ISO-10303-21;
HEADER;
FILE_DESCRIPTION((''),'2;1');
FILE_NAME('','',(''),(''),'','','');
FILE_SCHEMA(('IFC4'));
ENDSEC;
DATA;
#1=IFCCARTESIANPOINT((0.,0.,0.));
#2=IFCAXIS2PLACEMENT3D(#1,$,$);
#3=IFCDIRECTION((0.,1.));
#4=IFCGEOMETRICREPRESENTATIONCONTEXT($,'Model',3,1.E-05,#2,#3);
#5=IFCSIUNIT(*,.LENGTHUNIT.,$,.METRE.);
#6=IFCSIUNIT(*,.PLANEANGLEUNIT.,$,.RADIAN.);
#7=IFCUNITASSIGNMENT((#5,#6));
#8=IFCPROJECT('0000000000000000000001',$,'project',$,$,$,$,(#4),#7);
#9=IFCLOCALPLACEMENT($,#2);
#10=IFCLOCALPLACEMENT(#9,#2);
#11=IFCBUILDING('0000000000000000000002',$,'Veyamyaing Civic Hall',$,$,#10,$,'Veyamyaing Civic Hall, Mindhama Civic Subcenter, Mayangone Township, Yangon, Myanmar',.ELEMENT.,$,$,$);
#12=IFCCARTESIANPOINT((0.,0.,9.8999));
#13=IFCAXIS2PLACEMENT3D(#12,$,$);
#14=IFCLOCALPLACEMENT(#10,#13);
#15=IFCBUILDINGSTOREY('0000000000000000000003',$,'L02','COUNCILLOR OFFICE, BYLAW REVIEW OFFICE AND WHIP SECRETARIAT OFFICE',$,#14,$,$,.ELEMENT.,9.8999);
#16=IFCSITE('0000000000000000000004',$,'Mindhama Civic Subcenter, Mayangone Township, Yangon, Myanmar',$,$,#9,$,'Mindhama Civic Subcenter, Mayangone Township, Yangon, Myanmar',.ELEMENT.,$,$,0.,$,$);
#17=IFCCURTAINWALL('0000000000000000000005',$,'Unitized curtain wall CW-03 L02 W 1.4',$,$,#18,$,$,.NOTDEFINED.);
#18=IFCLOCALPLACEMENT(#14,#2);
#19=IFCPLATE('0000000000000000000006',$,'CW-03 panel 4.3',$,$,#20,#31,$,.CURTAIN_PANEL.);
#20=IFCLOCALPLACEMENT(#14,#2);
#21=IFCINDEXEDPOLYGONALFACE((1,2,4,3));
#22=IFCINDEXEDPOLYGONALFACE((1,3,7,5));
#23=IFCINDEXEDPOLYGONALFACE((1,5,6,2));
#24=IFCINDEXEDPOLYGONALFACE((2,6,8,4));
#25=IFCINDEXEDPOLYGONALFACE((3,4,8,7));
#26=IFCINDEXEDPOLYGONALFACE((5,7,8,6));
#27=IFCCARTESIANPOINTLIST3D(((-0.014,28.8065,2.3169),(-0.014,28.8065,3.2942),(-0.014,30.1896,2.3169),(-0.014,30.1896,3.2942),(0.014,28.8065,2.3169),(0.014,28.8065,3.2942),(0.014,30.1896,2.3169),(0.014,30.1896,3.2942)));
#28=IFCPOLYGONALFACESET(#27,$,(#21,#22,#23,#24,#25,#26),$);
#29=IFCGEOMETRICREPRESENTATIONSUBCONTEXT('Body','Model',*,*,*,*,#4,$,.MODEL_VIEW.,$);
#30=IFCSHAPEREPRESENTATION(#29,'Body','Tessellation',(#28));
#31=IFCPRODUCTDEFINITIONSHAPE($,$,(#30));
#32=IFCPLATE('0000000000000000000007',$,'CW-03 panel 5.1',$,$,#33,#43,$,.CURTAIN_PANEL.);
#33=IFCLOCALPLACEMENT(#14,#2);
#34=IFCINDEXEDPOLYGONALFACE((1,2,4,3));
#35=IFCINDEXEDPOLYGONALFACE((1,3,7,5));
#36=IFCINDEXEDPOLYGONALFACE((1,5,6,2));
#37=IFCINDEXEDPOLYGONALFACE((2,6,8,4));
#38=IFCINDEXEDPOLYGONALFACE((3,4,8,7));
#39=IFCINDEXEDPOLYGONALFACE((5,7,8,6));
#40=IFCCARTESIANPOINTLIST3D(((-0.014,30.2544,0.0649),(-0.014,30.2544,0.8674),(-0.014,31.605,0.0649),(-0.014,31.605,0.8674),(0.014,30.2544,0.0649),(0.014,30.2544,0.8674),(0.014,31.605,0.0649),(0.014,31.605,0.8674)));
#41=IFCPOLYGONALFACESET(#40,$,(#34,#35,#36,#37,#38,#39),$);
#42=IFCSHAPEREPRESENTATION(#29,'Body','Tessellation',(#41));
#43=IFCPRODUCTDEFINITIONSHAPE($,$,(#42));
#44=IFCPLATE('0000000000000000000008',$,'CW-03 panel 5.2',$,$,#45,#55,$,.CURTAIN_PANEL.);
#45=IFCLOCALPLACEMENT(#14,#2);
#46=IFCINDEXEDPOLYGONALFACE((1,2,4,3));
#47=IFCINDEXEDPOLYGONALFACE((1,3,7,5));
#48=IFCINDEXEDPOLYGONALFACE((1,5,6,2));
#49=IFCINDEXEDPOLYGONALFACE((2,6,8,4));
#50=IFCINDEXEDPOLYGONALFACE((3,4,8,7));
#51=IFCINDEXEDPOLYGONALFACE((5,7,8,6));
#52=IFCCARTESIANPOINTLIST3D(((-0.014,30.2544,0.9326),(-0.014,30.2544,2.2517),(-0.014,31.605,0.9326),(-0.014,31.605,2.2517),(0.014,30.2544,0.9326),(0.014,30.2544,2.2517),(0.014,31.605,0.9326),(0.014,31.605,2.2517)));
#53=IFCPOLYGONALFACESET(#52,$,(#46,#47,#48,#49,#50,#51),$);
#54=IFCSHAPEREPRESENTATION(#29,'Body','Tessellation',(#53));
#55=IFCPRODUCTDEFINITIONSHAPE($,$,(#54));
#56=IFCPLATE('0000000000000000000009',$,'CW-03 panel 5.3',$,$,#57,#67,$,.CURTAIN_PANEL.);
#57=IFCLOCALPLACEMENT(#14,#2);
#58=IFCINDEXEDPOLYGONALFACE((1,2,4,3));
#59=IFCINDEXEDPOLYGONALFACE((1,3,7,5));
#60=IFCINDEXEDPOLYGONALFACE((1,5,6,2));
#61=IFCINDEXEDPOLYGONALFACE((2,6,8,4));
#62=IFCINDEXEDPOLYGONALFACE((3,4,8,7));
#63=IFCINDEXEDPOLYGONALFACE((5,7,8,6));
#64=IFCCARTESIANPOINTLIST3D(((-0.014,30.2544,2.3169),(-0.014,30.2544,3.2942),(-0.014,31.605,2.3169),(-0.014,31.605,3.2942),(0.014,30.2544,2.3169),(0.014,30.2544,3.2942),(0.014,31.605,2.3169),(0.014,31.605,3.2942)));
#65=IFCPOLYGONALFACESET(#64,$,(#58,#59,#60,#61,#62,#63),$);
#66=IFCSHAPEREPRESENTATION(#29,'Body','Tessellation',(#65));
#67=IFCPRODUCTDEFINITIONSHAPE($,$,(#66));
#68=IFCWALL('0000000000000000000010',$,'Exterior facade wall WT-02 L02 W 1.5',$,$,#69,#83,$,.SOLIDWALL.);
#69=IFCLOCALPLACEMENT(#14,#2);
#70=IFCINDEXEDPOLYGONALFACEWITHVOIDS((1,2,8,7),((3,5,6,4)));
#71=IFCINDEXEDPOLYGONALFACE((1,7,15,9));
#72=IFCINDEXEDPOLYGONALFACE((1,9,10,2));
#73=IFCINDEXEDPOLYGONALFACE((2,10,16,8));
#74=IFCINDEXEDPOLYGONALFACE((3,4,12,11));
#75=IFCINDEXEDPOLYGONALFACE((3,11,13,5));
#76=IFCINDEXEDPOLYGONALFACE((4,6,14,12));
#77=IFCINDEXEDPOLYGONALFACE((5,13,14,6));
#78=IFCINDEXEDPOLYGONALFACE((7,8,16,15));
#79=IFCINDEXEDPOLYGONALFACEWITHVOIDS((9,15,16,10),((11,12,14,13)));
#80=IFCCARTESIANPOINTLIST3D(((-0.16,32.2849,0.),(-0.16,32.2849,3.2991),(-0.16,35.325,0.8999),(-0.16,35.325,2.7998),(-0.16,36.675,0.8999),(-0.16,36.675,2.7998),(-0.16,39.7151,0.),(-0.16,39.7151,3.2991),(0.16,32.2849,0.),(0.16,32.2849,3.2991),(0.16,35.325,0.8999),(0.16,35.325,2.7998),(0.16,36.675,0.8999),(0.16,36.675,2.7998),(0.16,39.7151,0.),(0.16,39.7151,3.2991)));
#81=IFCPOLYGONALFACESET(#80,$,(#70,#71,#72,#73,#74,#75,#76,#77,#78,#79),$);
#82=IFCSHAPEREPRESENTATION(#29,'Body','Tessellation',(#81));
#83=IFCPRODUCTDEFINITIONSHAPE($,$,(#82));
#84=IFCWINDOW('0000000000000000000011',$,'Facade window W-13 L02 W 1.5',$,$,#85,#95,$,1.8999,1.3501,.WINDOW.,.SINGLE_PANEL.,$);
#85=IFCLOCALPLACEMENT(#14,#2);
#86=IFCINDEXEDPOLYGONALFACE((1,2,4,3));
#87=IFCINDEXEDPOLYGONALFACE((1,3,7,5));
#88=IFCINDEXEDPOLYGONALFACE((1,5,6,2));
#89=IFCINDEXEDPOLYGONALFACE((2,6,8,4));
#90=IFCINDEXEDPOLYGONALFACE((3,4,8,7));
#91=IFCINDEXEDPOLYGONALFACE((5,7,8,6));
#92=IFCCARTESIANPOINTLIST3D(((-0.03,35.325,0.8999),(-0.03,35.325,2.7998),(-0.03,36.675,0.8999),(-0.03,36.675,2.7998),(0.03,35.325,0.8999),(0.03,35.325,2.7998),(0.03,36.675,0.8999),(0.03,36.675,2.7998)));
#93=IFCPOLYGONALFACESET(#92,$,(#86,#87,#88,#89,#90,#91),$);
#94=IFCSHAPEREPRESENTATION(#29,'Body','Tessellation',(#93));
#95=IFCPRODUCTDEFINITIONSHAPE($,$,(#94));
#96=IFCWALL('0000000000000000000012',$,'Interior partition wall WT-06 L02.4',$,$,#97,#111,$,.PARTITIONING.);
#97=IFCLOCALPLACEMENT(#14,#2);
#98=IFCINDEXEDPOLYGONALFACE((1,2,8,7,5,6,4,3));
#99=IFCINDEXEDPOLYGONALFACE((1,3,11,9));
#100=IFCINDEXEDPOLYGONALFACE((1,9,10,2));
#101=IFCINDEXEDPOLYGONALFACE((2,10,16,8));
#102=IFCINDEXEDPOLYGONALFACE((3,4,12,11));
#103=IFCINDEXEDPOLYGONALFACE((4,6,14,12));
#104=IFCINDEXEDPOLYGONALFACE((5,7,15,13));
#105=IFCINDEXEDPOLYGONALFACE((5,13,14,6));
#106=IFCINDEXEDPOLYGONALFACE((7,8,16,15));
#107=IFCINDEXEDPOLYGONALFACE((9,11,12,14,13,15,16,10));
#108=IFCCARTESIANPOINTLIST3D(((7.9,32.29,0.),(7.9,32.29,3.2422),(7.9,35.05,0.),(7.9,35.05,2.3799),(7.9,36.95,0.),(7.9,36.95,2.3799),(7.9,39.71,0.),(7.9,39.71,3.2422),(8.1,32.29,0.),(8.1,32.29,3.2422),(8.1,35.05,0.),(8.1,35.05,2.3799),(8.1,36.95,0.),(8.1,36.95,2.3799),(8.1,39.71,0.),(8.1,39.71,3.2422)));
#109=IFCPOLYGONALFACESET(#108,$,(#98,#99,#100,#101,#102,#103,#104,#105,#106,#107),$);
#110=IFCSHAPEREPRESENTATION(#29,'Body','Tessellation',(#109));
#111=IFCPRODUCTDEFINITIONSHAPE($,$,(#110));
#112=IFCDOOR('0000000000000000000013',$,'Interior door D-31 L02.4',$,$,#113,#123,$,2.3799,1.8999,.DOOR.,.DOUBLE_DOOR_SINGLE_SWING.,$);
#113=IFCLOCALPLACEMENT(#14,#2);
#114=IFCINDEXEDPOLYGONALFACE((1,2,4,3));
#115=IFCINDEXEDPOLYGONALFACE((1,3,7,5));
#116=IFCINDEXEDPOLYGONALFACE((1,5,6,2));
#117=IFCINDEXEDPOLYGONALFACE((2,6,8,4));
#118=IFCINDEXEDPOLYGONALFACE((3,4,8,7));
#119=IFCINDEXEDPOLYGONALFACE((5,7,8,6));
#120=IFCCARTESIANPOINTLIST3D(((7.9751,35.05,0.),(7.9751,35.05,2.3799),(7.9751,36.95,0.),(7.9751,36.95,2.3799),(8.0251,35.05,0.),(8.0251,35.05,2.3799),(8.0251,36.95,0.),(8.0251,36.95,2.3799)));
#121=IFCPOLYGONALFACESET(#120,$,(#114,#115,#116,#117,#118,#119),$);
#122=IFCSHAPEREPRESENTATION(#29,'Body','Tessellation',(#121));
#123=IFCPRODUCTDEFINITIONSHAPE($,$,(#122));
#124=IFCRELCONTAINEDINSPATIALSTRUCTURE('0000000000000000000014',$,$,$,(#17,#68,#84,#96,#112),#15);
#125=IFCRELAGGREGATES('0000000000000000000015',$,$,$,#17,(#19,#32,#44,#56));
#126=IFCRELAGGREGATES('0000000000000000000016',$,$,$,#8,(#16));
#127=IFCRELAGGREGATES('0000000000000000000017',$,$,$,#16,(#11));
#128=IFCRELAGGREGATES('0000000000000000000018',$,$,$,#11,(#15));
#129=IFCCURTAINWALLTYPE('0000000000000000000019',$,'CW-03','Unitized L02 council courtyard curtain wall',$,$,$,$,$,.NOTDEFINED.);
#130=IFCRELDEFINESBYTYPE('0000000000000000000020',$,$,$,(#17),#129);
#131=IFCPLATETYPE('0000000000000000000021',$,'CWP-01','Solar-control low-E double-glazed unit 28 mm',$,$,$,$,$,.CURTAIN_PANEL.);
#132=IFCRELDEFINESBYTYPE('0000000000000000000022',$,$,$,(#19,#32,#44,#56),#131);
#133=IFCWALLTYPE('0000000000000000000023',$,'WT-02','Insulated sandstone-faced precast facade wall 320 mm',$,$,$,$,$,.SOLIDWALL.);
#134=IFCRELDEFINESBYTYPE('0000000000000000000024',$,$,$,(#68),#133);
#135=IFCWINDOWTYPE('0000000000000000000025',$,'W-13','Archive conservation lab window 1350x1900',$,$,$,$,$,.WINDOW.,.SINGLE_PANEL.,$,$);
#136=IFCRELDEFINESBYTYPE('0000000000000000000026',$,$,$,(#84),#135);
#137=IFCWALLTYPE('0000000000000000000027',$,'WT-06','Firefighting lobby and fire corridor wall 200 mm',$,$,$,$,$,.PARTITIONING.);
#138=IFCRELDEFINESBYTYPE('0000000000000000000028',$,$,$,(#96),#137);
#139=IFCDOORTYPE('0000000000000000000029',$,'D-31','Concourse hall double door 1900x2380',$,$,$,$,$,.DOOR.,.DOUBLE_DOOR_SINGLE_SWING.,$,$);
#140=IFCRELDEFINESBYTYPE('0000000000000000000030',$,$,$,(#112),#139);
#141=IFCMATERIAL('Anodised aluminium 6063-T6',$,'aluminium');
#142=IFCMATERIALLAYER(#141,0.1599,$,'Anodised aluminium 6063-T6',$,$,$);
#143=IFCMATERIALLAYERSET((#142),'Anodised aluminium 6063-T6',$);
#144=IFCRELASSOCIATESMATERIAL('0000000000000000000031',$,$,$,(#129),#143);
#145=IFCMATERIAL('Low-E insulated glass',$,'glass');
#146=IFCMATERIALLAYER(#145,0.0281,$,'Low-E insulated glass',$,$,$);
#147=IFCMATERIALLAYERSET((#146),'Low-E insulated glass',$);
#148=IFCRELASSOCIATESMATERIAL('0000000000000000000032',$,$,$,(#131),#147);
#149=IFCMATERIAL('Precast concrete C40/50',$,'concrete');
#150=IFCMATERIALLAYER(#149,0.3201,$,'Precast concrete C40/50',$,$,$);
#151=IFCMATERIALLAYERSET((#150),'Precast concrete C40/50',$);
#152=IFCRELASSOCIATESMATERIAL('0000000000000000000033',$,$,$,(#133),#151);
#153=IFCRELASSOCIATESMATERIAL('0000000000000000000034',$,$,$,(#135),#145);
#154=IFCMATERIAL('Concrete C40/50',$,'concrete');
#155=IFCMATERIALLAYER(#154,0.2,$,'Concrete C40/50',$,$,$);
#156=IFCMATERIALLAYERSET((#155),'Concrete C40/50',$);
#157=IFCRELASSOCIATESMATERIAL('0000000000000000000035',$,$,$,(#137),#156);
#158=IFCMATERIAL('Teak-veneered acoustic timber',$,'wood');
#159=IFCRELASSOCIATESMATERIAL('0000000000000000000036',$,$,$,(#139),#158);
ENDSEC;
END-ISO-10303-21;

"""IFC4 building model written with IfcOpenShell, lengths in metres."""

from ifc_helpers import new_model, si_unit, direction, frame, frame_2d, origin, origin_2d, place, context, subcontext, project, spatial, rectangle, extrude, material, layer, layer_set, type_object, element, fill, aggregate, save


model = new_model("IFC4")

# Units and contexts
model_context = context("Model", 3, precision=1e-05, world=origin(), true_north=direction((0.0, 1.0)))
body_context = subcontext(model_context, "Body", "Model", "MODEL_VIEW")
ifc_project = project(units=[si_unit("LENGTHUNIT", "METRE"), si_unit("PLANEANGLEUNIT", "RADIAN")], contexts=[model_context])

# Site, building, storey
site_placement = place(None, origin())
site = spatial("IfcSite", under=ifc_project, at=site_placement, Name="Mindhama Civic Subcenter, Mayangone Township, Yangon, Myanmar", LongName="Mindhama Civic Subcenter, Mayangone Township, Yangon, Myanmar", CompositionType="ELEMENT", RefElevation=0.0)
building_placement = place(site_placement, origin())
building = spatial("IfcBuilding", under=site, at=building_placement, Name="Veyamyaing Civic Hall", LongName="Veyamyaing Civic Hall, Mindhama Civic Subcenter, Mayangone Township, Yangon, Myanmar", CompositionType="ELEMENT")
storey_placement = place(building_placement, frame((0.0, 0.0, 9.8999)))
storey = spatial("IfcBuildingStorey", under=building, at=storey_placement, Name="L02", Description="COUNCILLOR OFFICE, BYLAW REVIEW OFFICE AND WHIP SECRETARIAT OFFICE", CompositionType="ELEMENT", Elevation=9.8999)

# Curtain wall
ifc_material_1 = material(Name="Anodised aluminium 6063-T6", Category="aluminium")
ifc_layer_1 = layer(ifc_material_1, 0.1599, Name="Anodised aluminium 6063-T6")
ifc_layer_set_1 = layer_set([ifc_layer_1], Name="Anodised aluminium 6063-T6")
curtain_wall_type = type_object("IfcCurtainWallType", Name="CW-03", Description="Unitized L02 council courtyard curtain wall", PredefinedType="NOTDEFINED", material=ifc_layer_set_1)
curtain_wall_placement = place(storey_placement, origin())
curtain_wall = element("IfcCurtainWall", 1, at=curtain_wall_placement, inside=storey, type_object=curtain_wall_type, Name="Unitized curtain wall CW-03 L02 W 1.4", PredefinedType="NOTDEFINED")

# Plates
ifc_material_2 = material(Name="Low-E insulated glass", Category="glass")
ifc_layer_2 = layer(ifc_material_2, 0.0281, Name="Low-E insulated glass")
ifc_layer_set_2 = layer_set([ifc_layer_2], Name="Low-E insulated glass")
plate_type = type_object("IfcPlateType", Name="CWP-01", Description="Solar-control low-E double-glazed unit 28 mm", PredefinedType="CURTAIN_PANEL", material=ifc_layer_set_2)
plate_1_placement = place(storey_placement, frame((0.0, 29.498, 2.3169), z_axis=(0.0, 0.0, 1.0), x_axis=(0.0, 1.0, 0.0)))
plate_1 = element("IfcPlate", 2, at=plate_1_placement, type_object=plate_type, Name="CW-03 panel 4.3", PredefinedType="CURTAIN_PANEL", context=body_context, shape_type="SweptSolid", body=[
    extrude(rectangle(XDim=1.3831, YDim=0.0281, at=origin_2d()), origin(), (0.0, 0.0, 1.0), 0.9773),
])
plate_2_placement = place(storey_placement, frame((0.0, 30.9297, 0.0649), z_axis=(0.0, 0.0, 1.0), x_axis=(0.0, 1.0, 0.0)))
plate_2 = element("IfcPlate", 3, at=plate_2_placement, type_object=plate_type, Name="CW-03 panel 5.1", PredefinedType="CURTAIN_PANEL", context=body_context, shape_type="SweptSolid", body=[
    extrude(rectangle(XDim=1.3506, YDim=0.0281, at=origin_2d()), origin(), (0.0, 0.0, 1.0), 0.8025),
])
plate_3_placement = place(storey_placement, frame((0.0, 30.9297, 0.9326), z_axis=(0.0, 0.0, 1.0), x_axis=(0.0, 1.0, 0.0)))
plate_3 = element("IfcPlate", 4, at=plate_3_placement, type_object=plate_type, Name="CW-03 panel 5.2", PredefinedType="CURTAIN_PANEL", context=body_context, shape_type="SweptSolid", body=[
    extrude(rectangle(XDim=1.3506, YDim=0.0281, at=origin_2d()), origin(), (0.0, 0.0, 1.0), 1.3191),
])
plate_4_placement = place(storey_placement, frame((0.0, 30.9297, 2.3169), z_axis=(0.0, 0.0, 1.0), x_axis=(0.0, 1.0, 0.0)))
plate_4 = element("IfcPlate", 5, at=plate_4_placement, type_object=plate_type, Name="CW-03 panel 5.3", PredefinedType="CURTAIN_PANEL", context=body_context, shape_type="SweptSolid", body=[
    extrude(rectangle(XDim=1.3506, YDim=0.0281, at=origin_2d()), origin(), (0.0, 0.0, 1.0), 0.9773),
])
aggregate(curtain_wall, [plate_1, plate_2, plate_3, plate_4])

# Wall, opening, window
ifc_material_3 = material(Name="Precast concrete C40/50", Category="concrete")
ifc_layer_3 = layer(ifc_material_3, 0.3201, Name="Precast concrete C40/50")
ifc_layer_set_3 = layer_set([ifc_layer_3], Name="Precast concrete C40/50")
wall_type_1 = type_object("IfcWallType", Name="WT-02", Description="Insulated sandstone-faced precast facade wall 320 mm", PredefinedType="SOLIDWALL", material=ifc_layer_set_3)
wall_1_placement = place(storey_placement, frame((0.0, 32.2849, 0.0), z_axis=(0.0, 0.0, 1.0), x_axis=(0.0, 1.0, 0.0)))
wall_1 = element("IfcWall", 6, at=wall_1_placement, inside=storey, type_object=wall_type_1, Name="Exterior facade wall WT-02 L02 W 1.5", PredefinedType="SOLIDWALL", context=body_context, shape_type="SweptSolid", body=[
    extrude(rectangle(XDim=7.4302, YDim=0.3201, at=frame_2d((3.7151, 0.0))), origin(), (0.0, 0.0, 1.0), 3.2991),
])
opening_1_placement = place(wall_1_placement, frame((3.04, 0.0, 0.8999)))
opening_1 = element("IfcOpeningElement", 7, at=opening_1_placement, cuts=wall_1, PredefinedType="OPENING", context=body_context, shape_type="SweptSolid", body=[
    extrude(rectangle(XDim=1.3501, YDim=1.8999, at=frame_2d((0.675, 0.95))), frame((0.0, 0.1699, 0.0), z_axis=(0.0, -1.0, 0.0), x_axis=(1.0, 0.0, 0.0)), (0.0, 0.0, 1.0), 0.3401),
])
window_type = type_object("IfcWindowType", Name="W-13", Description="Archive conservation lab window 1350x1900", PartitioningType="SINGLE_PANEL", PredefinedType="WINDOW", material=ifc_material_2)
window_placement = place(opening_1_placement, origin())
window = element("IfcWindow", 8, at=window_placement, inside=storey, type_object=window_type, Name="Facade window W-13 L02 W 1.5", OverallHeight=1.8999, OverallWidth=1.3501, PartitioningType="SINGLE_PANEL", PredefinedType="WINDOW", context=body_context, shape_type="SweptSolid", body=[
    extrude(rectangle(XDim=1.3501, YDim=1.8999, at=frame_2d((0.675, 0.95))), frame((0.0, 0.03, 0.0), z_axis=(0.0, -1.0, 0.0), x_axis=(1.0, 0.0, 0.0)), (0.0, 0.0, 1.0), 0.0601),
])
fill(opening_1, window)

# Wall, opening, door
ifc_material_4 = material(Name="Concrete C40/50", Category="concrete")
ifc_layer_4 = layer(ifc_material_4, 0.2, Name="Concrete C40/50")
ifc_layer_set_4 = layer_set([ifc_layer_4], Name="Concrete C40/50")
wall_type_2 = type_object("IfcWallType", Name="WT-06", Description="Firefighting lobby and fire corridor wall 200 mm", PredefinedType="PARTITIONING", material=ifc_layer_set_4)
wall_2_placement = place(storey_placement, frame((8.0, 32.29, 0.0), z_axis=(0.0, 0.0, 1.0), x_axis=(0.0, 1.0, 0.0)))
wall_2 = element("IfcWall", 9, at=wall_2_placement, inside=storey, type_object=wall_type_2, Name="Interior partition wall WT-06 L02.4", PredefinedType="PARTITIONING", context=body_context, shape_type="SweptSolid", body=[
    extrude(rectangle(XDim=7.4199, YDim=0.2, at=frame_2d((3.71, 0.0))), origin(), (0.0, 0.0, 1.0), 3.2422),
])
opening_2_placement = place(wall_2_placement, frame((2.76, 0.0, 0.0)))
opening_2 = element("IfcOpeningElement", 10, at=opening_2_placement, cuts=wall_2, PredefinedType="OPENING", context=body_context, shape_type="SweptSolid", body=[
    extrude(rectangle(XDim=1.8999, YDim=2.3799, at=frame_2d((0.95, 1.1899))), frame((0.0, 0.1099, 0.0), z_axis=(0.0, -1.0, 0.0), x_axis=(1.0, 0.0, 0.0)), (0.0, 0.0, 1.0), 0.22),
])
ifc_material_5 = material(Name="Teak-veneered acoustic timber", Category="wood")
door_type = type_object("IfcDoorType", Name="D-31", Description="Concourse hall double door 1900x2380", OperationType="DOUBLE_DOOR_SINGLE_SWING", PredefinedType="DOOR", material=ifc_material_5)
door_placement = place(opening_2_placement, origin())
door = element("IfcDoor", 11, at=door_placement, inside=storey, type_object=door_type, Name="Interior door D-31 L02.4", OperationType="DOUBLE_DOOR_SINGLE_SWING", OverallHeight=2.3799, OverallWidth=1.8999, PredefinedType="DOOR", context=body_context, shape_type="SweptSolid", body=[
    extrude(rectangle(XDim=1.8999, YDim=2.3799, at=frame_2d((0.95, 1.1899))), frame((0.0, 0.0249, 0.0), z_axis=(0.0, -1.0, 0.0), x_axis=(1.0, 0.0, 0.0)), (0.0, 0.0, 1.0), 0.05),
])
fill(opening_2, door)

save(model, "model.ifc")
